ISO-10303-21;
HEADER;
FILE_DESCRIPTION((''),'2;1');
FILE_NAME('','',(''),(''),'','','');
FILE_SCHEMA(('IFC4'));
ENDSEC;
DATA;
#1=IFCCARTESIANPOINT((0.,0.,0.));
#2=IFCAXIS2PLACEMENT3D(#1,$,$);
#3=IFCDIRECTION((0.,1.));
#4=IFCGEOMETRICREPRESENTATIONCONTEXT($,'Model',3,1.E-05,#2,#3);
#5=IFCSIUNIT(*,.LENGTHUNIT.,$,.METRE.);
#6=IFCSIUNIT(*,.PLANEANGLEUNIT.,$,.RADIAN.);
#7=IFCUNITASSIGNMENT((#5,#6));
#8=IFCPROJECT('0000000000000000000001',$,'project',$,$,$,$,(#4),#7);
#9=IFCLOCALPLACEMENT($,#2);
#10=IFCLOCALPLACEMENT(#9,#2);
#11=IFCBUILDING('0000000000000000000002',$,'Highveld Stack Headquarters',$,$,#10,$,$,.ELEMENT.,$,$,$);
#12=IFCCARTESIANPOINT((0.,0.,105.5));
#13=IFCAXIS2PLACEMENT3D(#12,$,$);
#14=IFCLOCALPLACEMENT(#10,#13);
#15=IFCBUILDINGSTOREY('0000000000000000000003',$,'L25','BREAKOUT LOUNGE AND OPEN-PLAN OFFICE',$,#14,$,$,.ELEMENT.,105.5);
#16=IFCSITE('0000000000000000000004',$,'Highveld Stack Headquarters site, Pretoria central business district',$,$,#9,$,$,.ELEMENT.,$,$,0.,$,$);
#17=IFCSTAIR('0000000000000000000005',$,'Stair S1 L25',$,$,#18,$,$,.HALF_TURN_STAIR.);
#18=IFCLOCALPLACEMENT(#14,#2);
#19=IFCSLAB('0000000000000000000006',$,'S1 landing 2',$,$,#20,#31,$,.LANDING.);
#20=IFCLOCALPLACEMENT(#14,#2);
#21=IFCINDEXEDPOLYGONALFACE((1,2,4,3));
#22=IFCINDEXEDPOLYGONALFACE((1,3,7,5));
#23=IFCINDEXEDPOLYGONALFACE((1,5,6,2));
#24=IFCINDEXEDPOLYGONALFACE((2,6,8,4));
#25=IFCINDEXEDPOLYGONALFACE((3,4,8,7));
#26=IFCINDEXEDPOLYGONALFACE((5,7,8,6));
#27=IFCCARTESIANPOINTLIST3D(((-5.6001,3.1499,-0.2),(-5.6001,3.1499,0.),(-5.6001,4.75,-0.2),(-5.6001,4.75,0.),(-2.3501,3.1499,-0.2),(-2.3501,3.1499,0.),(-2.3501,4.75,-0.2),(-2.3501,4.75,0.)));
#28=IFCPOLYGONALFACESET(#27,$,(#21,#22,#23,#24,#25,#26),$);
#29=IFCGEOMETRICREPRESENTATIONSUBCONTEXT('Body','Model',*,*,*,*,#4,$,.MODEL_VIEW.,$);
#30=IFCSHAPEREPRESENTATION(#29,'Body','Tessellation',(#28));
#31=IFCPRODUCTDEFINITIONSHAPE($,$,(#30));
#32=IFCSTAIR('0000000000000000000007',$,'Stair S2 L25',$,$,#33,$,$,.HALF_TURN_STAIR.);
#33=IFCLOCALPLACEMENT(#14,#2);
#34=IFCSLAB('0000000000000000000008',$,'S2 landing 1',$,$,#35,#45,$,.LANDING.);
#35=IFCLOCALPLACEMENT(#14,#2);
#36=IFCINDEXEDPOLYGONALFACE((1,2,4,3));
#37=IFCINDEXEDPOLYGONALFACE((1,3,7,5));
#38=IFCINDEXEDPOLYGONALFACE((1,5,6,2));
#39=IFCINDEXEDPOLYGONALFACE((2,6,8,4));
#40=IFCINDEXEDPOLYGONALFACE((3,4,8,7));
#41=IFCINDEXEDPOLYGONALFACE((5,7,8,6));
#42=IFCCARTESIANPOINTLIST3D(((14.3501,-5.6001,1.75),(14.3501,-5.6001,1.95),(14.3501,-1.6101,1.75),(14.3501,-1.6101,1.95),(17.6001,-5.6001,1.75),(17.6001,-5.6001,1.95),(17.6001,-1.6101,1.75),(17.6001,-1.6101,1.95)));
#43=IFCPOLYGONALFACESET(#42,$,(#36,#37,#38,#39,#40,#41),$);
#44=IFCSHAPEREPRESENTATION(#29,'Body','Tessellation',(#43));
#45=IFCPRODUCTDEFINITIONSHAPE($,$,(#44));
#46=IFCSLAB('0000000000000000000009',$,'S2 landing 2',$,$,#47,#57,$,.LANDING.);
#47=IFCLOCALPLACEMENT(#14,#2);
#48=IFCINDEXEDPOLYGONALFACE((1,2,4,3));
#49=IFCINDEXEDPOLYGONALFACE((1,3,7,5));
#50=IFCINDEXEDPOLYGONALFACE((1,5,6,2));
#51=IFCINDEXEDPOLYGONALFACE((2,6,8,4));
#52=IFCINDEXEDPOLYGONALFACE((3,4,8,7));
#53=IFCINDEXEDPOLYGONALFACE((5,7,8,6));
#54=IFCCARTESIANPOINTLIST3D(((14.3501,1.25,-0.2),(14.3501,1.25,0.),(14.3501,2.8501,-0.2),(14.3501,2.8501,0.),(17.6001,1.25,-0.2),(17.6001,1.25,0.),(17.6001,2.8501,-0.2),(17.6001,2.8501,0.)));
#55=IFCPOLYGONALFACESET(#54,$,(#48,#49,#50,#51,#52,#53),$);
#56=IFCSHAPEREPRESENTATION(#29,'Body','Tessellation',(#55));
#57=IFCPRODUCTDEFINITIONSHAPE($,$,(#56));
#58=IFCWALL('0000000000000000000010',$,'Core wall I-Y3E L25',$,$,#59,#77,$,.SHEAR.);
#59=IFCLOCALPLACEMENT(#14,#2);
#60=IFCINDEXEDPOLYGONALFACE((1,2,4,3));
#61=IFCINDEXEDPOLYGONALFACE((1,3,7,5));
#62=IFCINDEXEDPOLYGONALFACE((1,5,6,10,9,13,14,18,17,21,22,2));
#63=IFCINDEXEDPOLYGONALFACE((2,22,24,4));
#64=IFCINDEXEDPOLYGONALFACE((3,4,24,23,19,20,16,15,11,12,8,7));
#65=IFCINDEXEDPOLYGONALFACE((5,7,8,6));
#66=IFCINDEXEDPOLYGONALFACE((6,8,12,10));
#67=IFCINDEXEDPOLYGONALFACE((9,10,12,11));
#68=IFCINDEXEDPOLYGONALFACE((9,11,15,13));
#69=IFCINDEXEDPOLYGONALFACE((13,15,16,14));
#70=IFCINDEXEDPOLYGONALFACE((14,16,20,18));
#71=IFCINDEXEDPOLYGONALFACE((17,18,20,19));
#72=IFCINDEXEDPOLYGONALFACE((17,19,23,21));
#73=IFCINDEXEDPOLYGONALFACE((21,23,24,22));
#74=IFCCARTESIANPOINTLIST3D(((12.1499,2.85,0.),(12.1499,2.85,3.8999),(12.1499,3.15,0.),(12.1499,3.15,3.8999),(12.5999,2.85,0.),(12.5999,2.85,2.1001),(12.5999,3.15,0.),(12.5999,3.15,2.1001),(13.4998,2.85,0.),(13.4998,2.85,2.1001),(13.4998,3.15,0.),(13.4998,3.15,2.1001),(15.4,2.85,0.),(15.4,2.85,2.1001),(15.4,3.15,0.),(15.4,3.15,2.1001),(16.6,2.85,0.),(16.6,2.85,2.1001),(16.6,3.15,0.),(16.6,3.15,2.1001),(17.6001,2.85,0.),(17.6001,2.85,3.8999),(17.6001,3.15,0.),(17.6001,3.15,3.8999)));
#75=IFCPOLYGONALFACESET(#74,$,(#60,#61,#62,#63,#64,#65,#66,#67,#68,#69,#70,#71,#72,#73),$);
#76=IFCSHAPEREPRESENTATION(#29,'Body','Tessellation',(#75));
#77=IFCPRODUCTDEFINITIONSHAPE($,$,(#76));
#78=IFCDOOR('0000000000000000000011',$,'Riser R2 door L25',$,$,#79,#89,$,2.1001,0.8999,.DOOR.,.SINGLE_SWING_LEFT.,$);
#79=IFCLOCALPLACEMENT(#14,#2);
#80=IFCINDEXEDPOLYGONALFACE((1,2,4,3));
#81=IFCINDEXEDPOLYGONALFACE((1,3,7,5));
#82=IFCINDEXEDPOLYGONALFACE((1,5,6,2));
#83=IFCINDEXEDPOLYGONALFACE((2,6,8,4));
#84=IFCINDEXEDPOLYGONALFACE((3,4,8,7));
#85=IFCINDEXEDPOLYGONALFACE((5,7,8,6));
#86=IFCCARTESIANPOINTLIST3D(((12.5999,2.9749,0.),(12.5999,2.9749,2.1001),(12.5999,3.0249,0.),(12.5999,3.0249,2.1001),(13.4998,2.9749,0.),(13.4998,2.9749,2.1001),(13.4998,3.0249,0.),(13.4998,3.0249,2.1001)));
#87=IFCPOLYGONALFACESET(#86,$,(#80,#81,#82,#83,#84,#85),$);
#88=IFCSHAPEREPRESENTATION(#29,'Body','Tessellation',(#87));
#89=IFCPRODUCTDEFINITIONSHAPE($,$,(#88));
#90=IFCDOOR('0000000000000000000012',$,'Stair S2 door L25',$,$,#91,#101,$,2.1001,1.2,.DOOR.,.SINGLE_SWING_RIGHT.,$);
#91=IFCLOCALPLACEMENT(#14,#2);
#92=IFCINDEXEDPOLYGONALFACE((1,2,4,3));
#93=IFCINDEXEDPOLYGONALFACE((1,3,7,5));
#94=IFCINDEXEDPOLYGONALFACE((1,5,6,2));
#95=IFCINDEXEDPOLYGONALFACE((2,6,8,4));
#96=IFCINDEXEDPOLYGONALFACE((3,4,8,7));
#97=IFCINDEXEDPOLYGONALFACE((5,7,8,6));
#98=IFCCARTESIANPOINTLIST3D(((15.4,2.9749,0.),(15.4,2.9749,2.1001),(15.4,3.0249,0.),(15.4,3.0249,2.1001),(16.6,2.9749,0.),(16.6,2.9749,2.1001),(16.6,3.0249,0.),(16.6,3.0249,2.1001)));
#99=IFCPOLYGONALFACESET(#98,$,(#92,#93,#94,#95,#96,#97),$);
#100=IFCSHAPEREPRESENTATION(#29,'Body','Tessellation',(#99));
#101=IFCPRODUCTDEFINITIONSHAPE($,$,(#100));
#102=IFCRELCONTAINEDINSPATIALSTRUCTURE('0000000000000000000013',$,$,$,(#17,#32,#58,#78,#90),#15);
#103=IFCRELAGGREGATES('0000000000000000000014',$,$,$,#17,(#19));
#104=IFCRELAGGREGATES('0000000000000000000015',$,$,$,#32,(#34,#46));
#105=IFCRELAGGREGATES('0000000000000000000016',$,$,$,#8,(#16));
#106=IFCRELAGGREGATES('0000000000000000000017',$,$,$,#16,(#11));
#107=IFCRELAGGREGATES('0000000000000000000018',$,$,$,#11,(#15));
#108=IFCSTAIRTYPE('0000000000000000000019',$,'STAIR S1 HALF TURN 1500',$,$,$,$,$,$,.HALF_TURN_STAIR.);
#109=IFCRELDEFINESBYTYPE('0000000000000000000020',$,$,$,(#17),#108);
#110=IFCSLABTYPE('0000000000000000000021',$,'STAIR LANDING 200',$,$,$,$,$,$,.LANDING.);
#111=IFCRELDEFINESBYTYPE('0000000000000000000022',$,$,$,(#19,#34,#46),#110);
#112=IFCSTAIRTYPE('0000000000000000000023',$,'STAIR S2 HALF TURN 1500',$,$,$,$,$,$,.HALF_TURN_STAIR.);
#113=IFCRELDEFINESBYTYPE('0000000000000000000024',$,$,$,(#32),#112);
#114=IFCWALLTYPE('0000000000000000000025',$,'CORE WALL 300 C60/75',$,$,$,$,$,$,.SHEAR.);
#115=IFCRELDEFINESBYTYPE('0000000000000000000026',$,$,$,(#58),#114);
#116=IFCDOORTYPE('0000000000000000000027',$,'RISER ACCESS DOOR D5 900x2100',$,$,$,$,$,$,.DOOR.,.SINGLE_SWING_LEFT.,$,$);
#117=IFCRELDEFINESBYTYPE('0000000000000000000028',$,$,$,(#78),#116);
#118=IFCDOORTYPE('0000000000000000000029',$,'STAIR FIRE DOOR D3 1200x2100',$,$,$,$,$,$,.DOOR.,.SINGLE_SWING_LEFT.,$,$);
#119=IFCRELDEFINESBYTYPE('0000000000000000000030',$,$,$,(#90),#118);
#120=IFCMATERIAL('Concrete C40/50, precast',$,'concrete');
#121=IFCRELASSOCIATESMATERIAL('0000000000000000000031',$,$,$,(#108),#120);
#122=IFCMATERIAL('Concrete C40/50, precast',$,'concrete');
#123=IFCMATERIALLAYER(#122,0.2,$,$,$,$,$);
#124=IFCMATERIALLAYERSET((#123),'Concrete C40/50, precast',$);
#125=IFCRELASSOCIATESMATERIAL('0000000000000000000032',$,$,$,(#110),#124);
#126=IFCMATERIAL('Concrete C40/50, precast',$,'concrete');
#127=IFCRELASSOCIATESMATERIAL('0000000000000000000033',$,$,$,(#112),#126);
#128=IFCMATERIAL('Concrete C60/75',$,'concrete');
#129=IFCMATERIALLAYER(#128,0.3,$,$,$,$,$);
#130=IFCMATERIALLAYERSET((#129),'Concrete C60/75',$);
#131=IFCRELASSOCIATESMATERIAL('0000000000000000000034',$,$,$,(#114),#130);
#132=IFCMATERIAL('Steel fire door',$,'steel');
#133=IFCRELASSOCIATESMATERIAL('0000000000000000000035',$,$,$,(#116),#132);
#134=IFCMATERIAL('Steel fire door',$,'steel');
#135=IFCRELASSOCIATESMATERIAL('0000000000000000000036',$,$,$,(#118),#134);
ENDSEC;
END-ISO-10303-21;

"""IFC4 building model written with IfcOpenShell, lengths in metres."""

from ifc_helpers import new_model, si_unit, direction, frame, frame_2d, origin, place, context, subcontext, project, spatial, polyline, rectangle, outline, extrude, material, layer, layer_set, type_object, element, fill, aggregate, save


model = new_model("IFC4")

# Units and contexts
model_context = context("Model", 3, precision=1e-05, world=origin(), true_north=direction((0.0, 1.0)))
body_context = subcontext(model_context, "Body", "Model", "MODEL_VIEW")
ifc_project = project(units=[si_unit("LENGTHUNIT", "METRE"), si_unit("PLANEANGLEUNIT", "RADIAN")], contexts=[model_context])

# Site, building, storey
site_placement = place(None, origin())
site = spatial("IfcSite", under=ifc_project, at=site_placement, Name="Highveld Stack Headquarters site, Pretoria central business district", CompositionType="ELEMENT", RefElevation=0.0)
building_placement = place(site_placement, origin())
building = spatial("IfcBuilding", under=site, at=building_placement, Name="Highveld Stack Headquarters", CompositionType="ELEMENT")
storey_placement = place(building_placement, frame((0.0, 0.0, 105.5)))
storey = spatial("IfcBuildingStorey", under=building, at=storey_placement, Name="L25", Description="BREAKOUT LOUNGE AND OPEN-PLAN OFFICE", CompositionType="ELEMENT", Elevation=105.5)

# Stair, slab
ifc_material_1 = material(Name="Concrete C40/50, precast", Category="concrete")
stair_type_1 = type_object("IfcStairType", Name="STAIR S1 HALF TURN 1500", PredefinedType="HALF_TURN_STAIR", material=ifc_material_1)
stair_1_placement = place(storey_placement, origin())
stair_1 = element("IfcStair", 1, at=stair_1_placement, inside=storey, type_object=stair_type_1, Name="Stair S1 L25", PredefinedType="HALF_TURN_STAIR")
ifc_material_2 = material(Name="Concrete C40/50, precast", Category="concrete")
ifc_layer_1 = layer(ifc_material_2, 0.2)
ifc_layer_set_1 = layer_set([ifc_layer_1], Name="Concrete C40/50, precast")
slab_type = type_object("IfcSlabType", Name="STAIR LANDING 200", PredefinedType="LANDING", material=ifc_layer_set_1)
slab_1_placement = place(storey_placement, frame((0.0, 0.0, -0.2)))
slab_1 = element("IfcSlab", 2, at=slab_1_placement, type_object=slab_type, Name="S1 landing 2", PredefinedType="LANDING", context=body_context, shape_type="SweptSolid", body=[
    extrude(outline(polyline([(-5.6001, 3.1499), (-2.3501, 3.1499), (-2.3501, 4.75), (-5.6001, 4.75), (-5.6001, 3.1499)])), origin(), (0.0, 0.0, 1.0), 0.2),
])
aggregate(stair_1, [slab_1])

# Stair, slabs
ifc_material_3 = material(Name="Concrete C40/50, precast", Category="concrete")
stair_type_2 = type_object("IfcStairType", Name="STAIR S2 HALF TURN 1500", PredefinedType="HALF_TURN_STAIR", material=ifc_material_3)
stair_2_placement = place(storey_placement, origin())
stair_2 = element("IfcStair", 3, at=stair_2_placement, inside=storey, type_object=stair_type_2, Name="Stair S2 L25", PredefinedType="HALF_TURN_STAIR")
slab_2_placement = place(storey_placement, frame((0.0, 0.0, 1.75)))
slab_2 = element("IfcSlab", 4, at=slab_2_placement, type_object=slab_type, Name="S2 landing 1", PredefinedType="LANDING", context=body_context, shape_type="SweptSolid", body=[
    extrude(outline(polyline([(14.3501, -5.6001), (17.6001, -5.6001), (17.6001, -1.6101), (14.3501, -1.6101), (14.3501, -5.6001)])), origin(), (0.0, 0.0, 1.0), 0.2),
])
slab_3_placement = place(storey_placement, frame((0.0, 0.0, -0.2)))
slab_3 = element("IfcSlab", 5, at=slab_3_placement, type_object=slab_type, Name="S2 landing 2", PredefinedType="LANDING", context=body_context, shape_type="SweptSolid", body=[
    extrude(outline(polyline([(14.3501, 1.25), (17.6001, 1.25), (17.6001, 2.8501), (14.3501, 2.8501), (14.3501, 1.25)])), origin(), (0.0, 0.0, 1.0), 0.2),
])
aggregate(stair_2, [slab_2, slab_3])

# Wall, openings, doors
ifc_material_4 = material(Name="Concrete C60/75", Category="concrete")
ifc_layer_2 = layer(ifc_material_4, 0.3)
ifc_layer_set_2 = layer_set([ifc_layer_2], Name="Concrete C60/75")
wall_type_1 = type_object("IfcWallType", Name="CORE WALL 300 C60/75", PredefinedType="SHEAR", material=ifc_layer_set_2)
wall_1_placement = place(storey_placement, frame((12.1499, 3.0, 0.0), z_axis=(0.0, 0.0, 1.0), x_axis=(1.0, 0.0, 0.0)))
wall_1 = element("IfcWall", 6, at=wall_1_placement, inside=storey, type_object=wall_type_1, Name="Core wall I-Y3E L25", PredefinedType="SHEAR", context=body_context, shape_type="SweptSolid", body=[
    extrude(rectangle(XDim=5.4502, YDim=0.3, at=frame_2d((2.7251, 0.0))), origin(), (0.0, 0.0, 1.0), 3.8999),
])
opening_1_placement = place(wall_1_placement, frame((3.25, 0.0, 0.0)))
opening_1 = element("IfcOpeningElement", 7, at=opening_1_placement, cuts=wall_1, PredefinedType="OPENING", context=body_context, shape_type="SweptSolid", body=[
    extrude(rectangle(XDim=1.2, YDim=2.1001, at=frame_2d((0.6001, 1.05))), frame((0.0, 0.1599, 0.0), z_axis=(0.0, -1.0, 0.0), x_axis=(1.0, 0.0, 0.0)), (0.0, 0.0, 1.0), 0.3201),
])
opening_2_placement = place(wall_1_placement, frame((0.45, 0.0, 0.0)))
opening_2 = element("IfcOpeningElement", 8, at=opening_2_placement, cuts=wall_1, PredefinedType="OPENING", context=body_context, shape_type="SweptSolid", body=[
    extrude(rectangle(XDim=0.8999, YDim=2.1001, at=frame_2d((0.45, 1.05))), frame((0.0, 0.1599, 0.0), z_axis=(0.0, -1.0, 0.0), x_axis=(1.0, 0.0, 0.0)), (0.0, 0.0, 1.0), 0.3201),
])
ifc_material_5 = material(Name="Steel fire door", Category="steel")
door_type_1 = type_object("IfcDoorType", Name="RISER ACCESS DOOR D5 900x2100", OperationType="SINGLE_SWING_LEFT", PredefinedType="DOOR", material=ifc_material_5)
door_1_placement = place(opening_2_placement, origin())
door_1 = element("IfcDoor", 9, at=door_1_placement, inside=storey, type_object=door_type_1, Name="Riser R2 door L25", OperationType="SINGLE_SWING_LEFT", OverallHeight=2.1001, OverallWidth=0.8999, PredefinedType="DOOR", context=body_context, shape_type="SweptSolid", body=[
    extrude(rectangle(XDim=0.8999, YDim=2.1001, at=frame_2d((0.45, 1.05))), frame((0.0, 0.0249, 0.0), z_axis=(0.0, -1.0, 0.0), x_axis=(1.0, 0.0, 0.0)), (0.0, 0.0, 1.0), 0.05),
])
fill(opening_2, door_1)
ifc_material_6 = material(Name="Steel fire door", Category="steel")
door_type_2 = type_object("IfcDoorType", Name="STAIR FIRE DOOR D3 1200x2100", OperationType="SINGLE_SWING_LEFT", PredefinedType="DOOR", material=ifc_material_6)
door_2_placement = place(opening_1_placement, origin())
door_2 = element("IfcDoor", 10, at=door_2_placement, inside=storey, type_object=door_type_2, Name="Stair S2 door L25", OperationType="SINGLE_SWING_RIGHT", OverallHeight=2.1001, OverallWidth=1.2, PredefinedType="DOOR", context=body_context, shape_type="SweptSolid", body=[
    extrude(rectangle(XDim=1.2, YDim=2.1001, at=frame_2d((0.6001, 1.05))), frame((0.0, 0.0249, 0.0), z_axis=(0.0, -1.0, 0.0), x_axis=(1.0, 0.0, 0.0)), (0.0, 0.0, 1.0), 0.05),
])
fill(opening_1, door_2)

save(model, "model.ifc")
